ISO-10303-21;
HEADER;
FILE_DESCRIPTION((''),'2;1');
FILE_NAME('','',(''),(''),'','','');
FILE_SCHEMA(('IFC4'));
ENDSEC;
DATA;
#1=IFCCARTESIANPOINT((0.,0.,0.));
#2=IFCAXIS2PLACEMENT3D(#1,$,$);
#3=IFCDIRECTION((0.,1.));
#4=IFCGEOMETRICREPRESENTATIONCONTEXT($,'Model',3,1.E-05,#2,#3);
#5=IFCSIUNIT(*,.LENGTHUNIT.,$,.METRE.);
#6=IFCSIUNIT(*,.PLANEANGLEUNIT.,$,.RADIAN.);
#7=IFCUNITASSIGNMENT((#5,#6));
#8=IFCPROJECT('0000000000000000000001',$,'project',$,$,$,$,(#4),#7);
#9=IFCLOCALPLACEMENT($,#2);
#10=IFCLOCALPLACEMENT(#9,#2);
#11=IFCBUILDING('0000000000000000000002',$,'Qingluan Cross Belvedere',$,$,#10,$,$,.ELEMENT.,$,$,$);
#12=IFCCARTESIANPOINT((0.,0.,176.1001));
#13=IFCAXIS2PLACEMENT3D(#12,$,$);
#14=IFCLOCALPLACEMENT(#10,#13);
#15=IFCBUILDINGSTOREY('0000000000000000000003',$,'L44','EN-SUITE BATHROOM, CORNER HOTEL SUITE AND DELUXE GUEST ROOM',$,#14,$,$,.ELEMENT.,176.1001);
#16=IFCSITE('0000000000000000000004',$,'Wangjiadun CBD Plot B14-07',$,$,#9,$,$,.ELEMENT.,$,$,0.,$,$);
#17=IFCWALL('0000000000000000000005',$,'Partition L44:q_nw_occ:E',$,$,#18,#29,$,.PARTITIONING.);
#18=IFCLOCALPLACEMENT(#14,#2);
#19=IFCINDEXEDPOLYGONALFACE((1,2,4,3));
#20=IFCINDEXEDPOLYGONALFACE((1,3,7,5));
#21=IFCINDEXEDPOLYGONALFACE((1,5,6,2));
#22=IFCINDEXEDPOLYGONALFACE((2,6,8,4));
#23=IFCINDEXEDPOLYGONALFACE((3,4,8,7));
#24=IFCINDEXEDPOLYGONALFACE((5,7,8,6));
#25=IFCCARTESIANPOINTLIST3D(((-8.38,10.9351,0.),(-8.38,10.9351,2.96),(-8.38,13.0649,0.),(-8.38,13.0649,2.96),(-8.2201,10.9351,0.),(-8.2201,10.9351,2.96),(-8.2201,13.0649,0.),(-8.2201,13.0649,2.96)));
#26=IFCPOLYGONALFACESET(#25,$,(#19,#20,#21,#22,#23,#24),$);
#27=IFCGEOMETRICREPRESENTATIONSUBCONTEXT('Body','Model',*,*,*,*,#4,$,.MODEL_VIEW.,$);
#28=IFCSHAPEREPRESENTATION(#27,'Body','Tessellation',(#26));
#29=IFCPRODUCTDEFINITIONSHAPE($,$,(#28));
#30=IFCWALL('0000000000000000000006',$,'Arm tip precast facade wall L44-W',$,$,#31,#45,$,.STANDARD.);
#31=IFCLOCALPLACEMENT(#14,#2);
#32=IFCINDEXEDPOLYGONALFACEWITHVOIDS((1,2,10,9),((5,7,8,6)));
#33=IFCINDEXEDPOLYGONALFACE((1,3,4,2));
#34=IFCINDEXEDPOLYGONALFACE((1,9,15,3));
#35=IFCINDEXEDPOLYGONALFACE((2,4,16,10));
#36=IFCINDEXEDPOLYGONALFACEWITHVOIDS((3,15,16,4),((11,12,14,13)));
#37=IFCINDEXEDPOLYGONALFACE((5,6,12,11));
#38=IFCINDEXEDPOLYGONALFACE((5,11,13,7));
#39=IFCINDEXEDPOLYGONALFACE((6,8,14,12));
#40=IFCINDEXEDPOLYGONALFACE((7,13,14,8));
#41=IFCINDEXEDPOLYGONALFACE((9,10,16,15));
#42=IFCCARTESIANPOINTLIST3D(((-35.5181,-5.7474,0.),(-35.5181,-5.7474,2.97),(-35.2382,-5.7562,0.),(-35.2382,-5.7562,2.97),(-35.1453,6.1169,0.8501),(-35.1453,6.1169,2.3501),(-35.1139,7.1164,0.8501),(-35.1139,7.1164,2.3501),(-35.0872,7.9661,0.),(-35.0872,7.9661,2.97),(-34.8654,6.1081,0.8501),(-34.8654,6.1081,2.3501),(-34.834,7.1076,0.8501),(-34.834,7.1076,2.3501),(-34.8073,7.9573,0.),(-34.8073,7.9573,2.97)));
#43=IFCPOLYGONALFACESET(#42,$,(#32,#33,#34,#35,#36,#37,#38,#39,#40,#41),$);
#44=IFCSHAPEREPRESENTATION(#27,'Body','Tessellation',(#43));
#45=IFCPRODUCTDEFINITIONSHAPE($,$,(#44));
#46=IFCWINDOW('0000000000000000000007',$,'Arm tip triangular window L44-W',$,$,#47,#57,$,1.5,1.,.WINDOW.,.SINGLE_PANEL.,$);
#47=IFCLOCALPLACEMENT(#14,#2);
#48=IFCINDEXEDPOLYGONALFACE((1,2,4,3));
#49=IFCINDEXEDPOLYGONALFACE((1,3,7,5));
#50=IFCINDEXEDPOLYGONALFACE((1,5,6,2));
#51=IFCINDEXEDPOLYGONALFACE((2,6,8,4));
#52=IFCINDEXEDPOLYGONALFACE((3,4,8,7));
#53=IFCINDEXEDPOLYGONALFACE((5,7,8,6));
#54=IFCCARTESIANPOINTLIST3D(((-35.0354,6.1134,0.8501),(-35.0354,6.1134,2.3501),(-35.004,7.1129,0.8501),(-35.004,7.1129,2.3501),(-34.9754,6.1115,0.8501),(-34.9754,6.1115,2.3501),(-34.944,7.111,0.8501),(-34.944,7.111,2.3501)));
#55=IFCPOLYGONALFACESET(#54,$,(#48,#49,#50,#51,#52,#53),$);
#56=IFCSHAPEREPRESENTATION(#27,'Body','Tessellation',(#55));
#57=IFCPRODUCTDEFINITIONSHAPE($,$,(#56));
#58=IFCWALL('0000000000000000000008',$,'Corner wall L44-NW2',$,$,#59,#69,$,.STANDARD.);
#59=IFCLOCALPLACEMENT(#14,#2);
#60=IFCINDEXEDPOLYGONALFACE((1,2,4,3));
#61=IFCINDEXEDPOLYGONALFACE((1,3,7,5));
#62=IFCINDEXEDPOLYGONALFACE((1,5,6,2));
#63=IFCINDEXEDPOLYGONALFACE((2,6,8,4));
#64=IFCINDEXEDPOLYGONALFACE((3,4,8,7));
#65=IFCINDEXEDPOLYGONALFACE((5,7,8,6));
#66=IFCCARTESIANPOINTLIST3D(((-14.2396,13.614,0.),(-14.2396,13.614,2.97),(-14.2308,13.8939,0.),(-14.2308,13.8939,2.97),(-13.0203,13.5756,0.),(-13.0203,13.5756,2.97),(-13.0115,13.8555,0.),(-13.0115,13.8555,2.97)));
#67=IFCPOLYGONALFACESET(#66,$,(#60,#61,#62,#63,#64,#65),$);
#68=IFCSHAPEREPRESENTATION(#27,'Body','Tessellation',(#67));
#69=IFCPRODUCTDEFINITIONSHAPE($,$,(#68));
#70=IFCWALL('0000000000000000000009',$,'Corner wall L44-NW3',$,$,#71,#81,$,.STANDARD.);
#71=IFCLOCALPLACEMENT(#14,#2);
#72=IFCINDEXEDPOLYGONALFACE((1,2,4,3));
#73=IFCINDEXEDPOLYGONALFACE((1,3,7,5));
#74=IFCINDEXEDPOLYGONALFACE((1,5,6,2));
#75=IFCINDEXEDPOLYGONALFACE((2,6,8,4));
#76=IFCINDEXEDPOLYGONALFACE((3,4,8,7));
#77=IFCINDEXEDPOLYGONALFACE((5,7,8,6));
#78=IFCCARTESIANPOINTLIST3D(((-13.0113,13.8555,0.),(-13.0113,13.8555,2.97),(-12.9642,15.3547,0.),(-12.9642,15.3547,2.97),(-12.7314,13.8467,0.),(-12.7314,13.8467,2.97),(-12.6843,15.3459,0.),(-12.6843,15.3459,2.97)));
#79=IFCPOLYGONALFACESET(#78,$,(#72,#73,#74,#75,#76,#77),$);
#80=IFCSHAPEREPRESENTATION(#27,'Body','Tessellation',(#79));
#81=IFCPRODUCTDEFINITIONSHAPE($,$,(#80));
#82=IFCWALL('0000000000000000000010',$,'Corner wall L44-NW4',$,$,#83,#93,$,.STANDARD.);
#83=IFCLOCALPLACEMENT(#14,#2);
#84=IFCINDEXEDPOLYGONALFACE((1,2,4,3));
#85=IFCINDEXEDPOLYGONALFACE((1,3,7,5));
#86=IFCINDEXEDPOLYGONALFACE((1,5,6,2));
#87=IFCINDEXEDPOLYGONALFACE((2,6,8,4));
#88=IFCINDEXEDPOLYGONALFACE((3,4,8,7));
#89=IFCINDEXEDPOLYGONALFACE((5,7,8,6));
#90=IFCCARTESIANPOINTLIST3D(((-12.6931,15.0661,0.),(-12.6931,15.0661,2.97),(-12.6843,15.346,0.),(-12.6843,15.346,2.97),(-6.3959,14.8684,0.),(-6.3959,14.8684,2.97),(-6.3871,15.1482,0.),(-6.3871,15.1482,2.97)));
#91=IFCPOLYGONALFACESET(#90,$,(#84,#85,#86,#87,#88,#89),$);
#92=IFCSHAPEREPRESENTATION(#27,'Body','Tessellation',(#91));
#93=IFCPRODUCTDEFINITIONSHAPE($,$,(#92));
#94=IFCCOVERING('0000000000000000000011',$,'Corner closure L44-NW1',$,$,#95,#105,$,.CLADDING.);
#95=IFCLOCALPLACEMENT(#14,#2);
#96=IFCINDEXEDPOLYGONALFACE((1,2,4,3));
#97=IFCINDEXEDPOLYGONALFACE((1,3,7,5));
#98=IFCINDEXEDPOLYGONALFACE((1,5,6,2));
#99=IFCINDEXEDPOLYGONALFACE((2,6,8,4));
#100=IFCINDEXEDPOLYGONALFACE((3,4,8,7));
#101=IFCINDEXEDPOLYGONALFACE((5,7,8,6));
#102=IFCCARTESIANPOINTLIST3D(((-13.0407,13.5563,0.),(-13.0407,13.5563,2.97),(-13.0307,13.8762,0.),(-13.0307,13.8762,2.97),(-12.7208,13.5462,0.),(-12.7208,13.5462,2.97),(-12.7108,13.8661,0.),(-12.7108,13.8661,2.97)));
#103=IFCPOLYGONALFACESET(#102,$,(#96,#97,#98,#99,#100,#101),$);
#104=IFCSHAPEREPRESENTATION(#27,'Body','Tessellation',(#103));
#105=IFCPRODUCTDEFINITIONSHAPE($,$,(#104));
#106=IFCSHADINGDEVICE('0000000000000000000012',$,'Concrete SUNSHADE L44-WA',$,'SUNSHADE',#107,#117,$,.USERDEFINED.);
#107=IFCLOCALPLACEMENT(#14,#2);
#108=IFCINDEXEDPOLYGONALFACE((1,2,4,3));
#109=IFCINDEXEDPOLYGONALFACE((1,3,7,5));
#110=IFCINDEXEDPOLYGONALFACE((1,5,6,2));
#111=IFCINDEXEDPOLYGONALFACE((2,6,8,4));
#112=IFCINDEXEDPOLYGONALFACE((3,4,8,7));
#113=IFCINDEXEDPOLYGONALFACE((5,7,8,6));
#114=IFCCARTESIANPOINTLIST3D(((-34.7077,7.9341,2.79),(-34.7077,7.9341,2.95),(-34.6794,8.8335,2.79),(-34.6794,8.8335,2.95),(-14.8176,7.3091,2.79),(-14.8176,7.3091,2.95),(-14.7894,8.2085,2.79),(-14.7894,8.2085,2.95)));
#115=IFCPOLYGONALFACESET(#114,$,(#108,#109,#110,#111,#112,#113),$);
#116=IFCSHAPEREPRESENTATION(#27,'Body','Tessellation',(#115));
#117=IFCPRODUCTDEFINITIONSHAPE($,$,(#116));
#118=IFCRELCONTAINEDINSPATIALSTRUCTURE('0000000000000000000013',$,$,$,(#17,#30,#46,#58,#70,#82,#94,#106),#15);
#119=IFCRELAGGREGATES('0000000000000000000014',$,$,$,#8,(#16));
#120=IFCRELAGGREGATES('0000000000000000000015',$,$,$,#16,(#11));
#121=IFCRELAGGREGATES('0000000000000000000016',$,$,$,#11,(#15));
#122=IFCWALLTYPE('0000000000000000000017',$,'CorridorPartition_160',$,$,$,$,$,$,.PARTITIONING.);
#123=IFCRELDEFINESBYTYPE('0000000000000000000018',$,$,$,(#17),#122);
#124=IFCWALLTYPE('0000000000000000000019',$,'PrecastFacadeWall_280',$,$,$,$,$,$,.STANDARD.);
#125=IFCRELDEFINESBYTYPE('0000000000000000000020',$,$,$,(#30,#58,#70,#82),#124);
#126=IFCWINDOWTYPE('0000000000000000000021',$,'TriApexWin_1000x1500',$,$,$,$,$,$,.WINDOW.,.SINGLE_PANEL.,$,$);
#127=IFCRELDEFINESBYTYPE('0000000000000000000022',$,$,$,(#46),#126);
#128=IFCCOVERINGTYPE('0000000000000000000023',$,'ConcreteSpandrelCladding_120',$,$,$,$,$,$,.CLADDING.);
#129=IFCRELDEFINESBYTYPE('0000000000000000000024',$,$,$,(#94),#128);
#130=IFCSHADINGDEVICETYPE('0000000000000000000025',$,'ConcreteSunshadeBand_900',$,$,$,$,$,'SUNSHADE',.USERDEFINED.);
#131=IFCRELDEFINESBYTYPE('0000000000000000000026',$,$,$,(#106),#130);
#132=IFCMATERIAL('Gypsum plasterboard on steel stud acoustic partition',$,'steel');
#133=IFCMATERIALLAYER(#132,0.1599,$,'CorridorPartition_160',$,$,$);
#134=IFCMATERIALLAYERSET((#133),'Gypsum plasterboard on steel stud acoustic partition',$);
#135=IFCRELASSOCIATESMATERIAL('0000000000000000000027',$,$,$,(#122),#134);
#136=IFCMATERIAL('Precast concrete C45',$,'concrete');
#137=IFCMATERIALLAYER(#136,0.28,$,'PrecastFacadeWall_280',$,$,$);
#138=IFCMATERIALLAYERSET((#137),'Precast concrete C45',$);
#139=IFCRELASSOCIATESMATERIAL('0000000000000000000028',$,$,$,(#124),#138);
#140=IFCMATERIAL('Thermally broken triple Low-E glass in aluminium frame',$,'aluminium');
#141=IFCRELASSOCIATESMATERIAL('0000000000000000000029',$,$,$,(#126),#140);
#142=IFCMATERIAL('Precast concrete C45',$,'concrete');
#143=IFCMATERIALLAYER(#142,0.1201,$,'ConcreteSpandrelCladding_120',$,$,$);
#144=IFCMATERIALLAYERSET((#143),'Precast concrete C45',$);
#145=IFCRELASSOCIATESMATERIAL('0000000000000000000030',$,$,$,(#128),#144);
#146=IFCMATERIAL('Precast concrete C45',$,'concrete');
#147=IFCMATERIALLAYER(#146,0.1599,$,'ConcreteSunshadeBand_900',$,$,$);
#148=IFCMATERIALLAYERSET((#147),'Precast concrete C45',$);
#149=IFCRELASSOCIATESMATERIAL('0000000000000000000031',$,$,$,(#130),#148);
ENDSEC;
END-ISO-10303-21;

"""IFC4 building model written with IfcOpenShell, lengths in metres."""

from ifc_helpers import new_model, si_unit, direction, frame, frame_2d, origin, origin_2d, place, context, subcontext, project, spatial, rectangle, extrude, material, layer, layer_set, type_object, element, fill, save


model = new_model("IFC4")

# Units and contexts
model_context = context("Model", 3, precision=1e-05, world=origin(), true_north=direction((0.0, 1.0)))
body_context = subcontext(model_context, "Body", "Model", "MODEL_VIEW")
ifc_project = project(units=[si_unit("LENGTHUNIT", "METRE"), si_unit("PLANEANGLEUNIT", "RADIAN")], contexts=[model_context])

# Site, building, storey
site_placement = place(None, origin())
site = spatial("IfcSite", under=ifc_project, at=site_placement, Name="Wangjiadun CBD Plot B14-07", CompositionType="ELEMENT", RefElevation=0.0)
building_placement = place(site_placement, origin())
building = spatial("IfcBuilding", under=site, at=building_placement, Name="Qingluan Cross Belvedere", CompositionType="ELEMENT")
storey_placement = place(building_placement, frame((0.0, 0.0, 176.1001)))
storey = spatial("IfcBuildingStorey", under=building, at=storey_placement, Name="L44", Description="EN-SUITE BATHROOM, CORNER HOTEL SUITE AND DELUXE GUEST ROOM", CompositionType="ELEMENT", Elevation=176.1001)

# Shared definitions
ifc_material_1 = material(Name="Gypsum plasterboard on steel stud acoustic partition", Category="steel")
ifc_layer_1 = layer(ifc_material_1, 0.1599, Name="CorridorPartition_160")
ifc_layer_set_1 = layer_set([ifc_layer_1], Name="Gypsum plasterboard on steel stud acoustic partition")
wall_type_1 = type_object("IfcWallType", Name="CorridorPartition_160", PredefinedType="PARTITIONING", material=ifc_layer_set_1)

# Wall
for number, where, z_axis, x_axis, name in (
    (1, (-8.3, 10.9351, 0.0), (0.0, 0.0, 1.0), (0.0, 1.0, 0.0), "Partition L44:q_nw_occ:E"),
):
    element("IfcWall", number, at=place(storey_placement, frame(where, z_axis=z_axis, x_axis=x_axis)), inside=storey, type_object=wall_type_1, Name=name, PredefinedType="PARTITIONING", context=body_context, shape_type="SweptSolid", body=[
        extrude(rectangle(XDim=2.1299, YDim=0.1599, at=frame_2d((1.0649, 0.0))), origin(), (0.0, 0.0, 1.0), 2.96),
    ])

# Wall, opening, window
ifc_material_2 = material(Name="Precast concrete C45", Category="concrete")
ifc_layer_2 = layer(ifc_material_2, 0.28, Name="PrecastFacadeWall_280")
ifc_layer_set_2 = layer_set([ifc_layer_2], Name="Precast concrete C45")
wall_type_2 = type_object("IfcWallType", Name="PrecastFacadeWall_280", PredefinedType="STANDARD", material=ifc_layer_set_2)
wall_1_placement = place(storey_placement, frame((-34.9473, 7.9617, 0.0), z_axis=(0.0, 0.0, 1.0), x_axis=(-0.031407, -0.999507, 0.0)))
wall_1 = element("IfcWall", 2, at=wall_1_placement, inside=storey, type_object=wall_type_2, Name="Arm tip precast facade wall L44-W", PredefinedType="STANDARD", context=body_context, shape_type="SweptSolid", body=[
    extrude(rectangle(XDim=13.7202, YDim=0.28, at=frame_2d((6.8601, 0.0))), origin(), (0.0, 0.0, 1.0), 2.97),
])
opening_1_placement = place(wall_1_placement, frame((0.8501, 0.0, 0.8501)))
opening_1 = element("IfcOpeningElement", 3, at=opening_1_placement, cuts=wall_1, PredefinedType="OPENING", context=body_context, shape_type="SweptSolid", body=[
    extrude(rectangle(XDim=1.0, YDim=1.5, at=frame_2d((0.5, 0.75))), frame((0.0, 0.1499, 0.0), z_axis=(0.0, -1.0, 0.0), x_axis=(1.0, 0.0, 0.0)), (0.0, 0.0, 1.0), 0.3),
])
ifc_material_3 = material(Name="Thermally broken triple Low-E glass in aluminium frame", Category="aluminium")
window_type = type_object("IfcWindowType", Name="TriApexWin_1000x1500", PartitioningType="SINGLE_PANEL", PredefinedType="WINDOW", material=ifc_material_3)
window_placement = place(opening_1_placement, origin())
window = element("IfcWindow", 4, at=window_placement, inside=storey, type_object=window_type, Name="Arm tip triangular window L44-W", OverallHeight=1.5, OverallWidth=1.0, PartitioningType="SINGLE_PANEL", PredefinedType="WINDOW", context=body_context, shape_type="SweptSolid", body=[
    extrude(rectangle(XDim=1.0, YDim=1.5, at=frame_2d((0.5, 0.75))), frame((0.0, 0.03, 0.0), z_axis=(0.0, -1.0, 0.0), x_axis=(1.0, 0.0, 0.0)), (0.0, 0.0, 1.0), 0.0601),
])
fill(opening_1, window)

# Walls
wall_2_placement = place(storey_placement, frame((-14.2351, 13.7539, 0.0), z_axis=(0.0, 0.0, 1.0), x_axis=(0.999506, -0.031416, 0.0)))
element("IfcWall", 5, at=wall_2_placement, inside=storey, type_object=wall_type_2, Name="Corner wall L44-NW2", PredefinedType="STANDARD", context=body_context, shape_type="SweptSolid", body=[
    extrude(rectangle(XDim=1.22, YDim=0.28, at=frame_2d((0.6099, 0.0))), origin(), (0.0, 0.0, 1.0), 2.97),
])
wall_3_placement = place(storey_placement, frame((-12.8713, 13.8511, 0.0), z_axis=(0.0, 0.0, 1.0), x_axis=(0.031413, 0.999507, 0.0)))
element("IfcWall", 6, at=wall_3_placement, inside=storey, type_object=wall_type_2, Name="Corner wall L44-NW3", PredefinedType="STANDARD", context=body_context, shape_type="SweptSolid", body=[
    extrude(rectangle(XDim=1.5, YDim=0.28, at=frame_2d((0.75, 0.0))), origin(), (0.0, 0.0, 1.0), 2.97),
])
wall_4_placement = place(storey_placement, frame((-12.6887, 15.2061, 0.0), z_axis=(0.0, 0.0, 1.0), x_axis=(0.999507, -0.031388, 0.0)))
element("IfcWall", 7, at=wall_4_placement, inside=storey, type_object=wall_type_2, Name="Corner wall L44-NW4", PredefinedType="STANDARD", context=body_context, shape_type="SweptSolid", body=[
    extrude(rectangle(XDim=6.3003, YDim=0.28, at=frame_2d((3.1501, 0.0))), origin(), (0.0, 0.0, 1.0), 2.97),
])

# Covering
ifc_material_4 = material(Name="Precast concrete C45", Category="concrete")
ifc_layer_3 = layer(ifc_material_4, 0.1201, Name="ConcreteSpandrelCladding_120")
ifc_layer_set_3 = layer_set([ifc_layer_3], Name="Precast concrete C45")
covering_type = type_object("IfcCoveringType", Name="ConcreteSpandrelCladding_120", PredefinedType="CLADDING", material=ifc_layer_set_3)
covering_placement = place(storey_placement, frame((-12.8757, 13.7112, 0.0), z_axis=(0.0, 0.0, 1.0), x_axis=(0.999507, -0.031411, 0.0)))
element("IfcCovering", 8, at=covering_placement, inside=storey, type_object=covering_type, Name="Corner closure L44-NW1", PredefinedType="CLADDING", context=body_context, shape_type="SweptSolid", body=[
    extrude(rectangle(XDim=0.3201, YDim=0.3201, at=origin_2d()), origin(), (0.0, 0.0, 1.0), 2.97),
])

# Shading device
ifc_material_5 = material(Name="Precast concrete C45", Category="concrete")
ifc_layer_4 = layer(ifc_material_5, 0.1599, Name="ConcreteSunshadeBand_900")
ifc_layer_set_4 = layer_set([ifc_layer_4], Name="Precast concrete C45")
shading_device_type = type_object("IfcShadingDeviceType", Name="ConcreteSunshadeBand_900", ElementType="SUNSHADE", PredefinedType="USERDEFINED", material=ifc_layer_set_4)
shading_device_placement = place(storey_placement, frame((-24.7485, 8.0713, 2.79), z_axis=(0.0, 0.0, 1.0), x_axis=(-0.999507, 0.031408, 0.0)))
element("IfcShadingDevice", 9, at=shading_device_placement, inside=storey, type_object=shading_device_type, Name="Concrete SUNSHADE L44-WA", ObjectType="SUNSHADE", PredefinedType="USERDEFINED", context=body_context, shape_type="SweptSolid", body=[
    extrude(rectangle(XDim=19.8999, YDim=0.8999, at=origin_2d()), origin(), (0.0, 0.0, 1.0), 0.1599),
])

save(model, "model.ifc")
